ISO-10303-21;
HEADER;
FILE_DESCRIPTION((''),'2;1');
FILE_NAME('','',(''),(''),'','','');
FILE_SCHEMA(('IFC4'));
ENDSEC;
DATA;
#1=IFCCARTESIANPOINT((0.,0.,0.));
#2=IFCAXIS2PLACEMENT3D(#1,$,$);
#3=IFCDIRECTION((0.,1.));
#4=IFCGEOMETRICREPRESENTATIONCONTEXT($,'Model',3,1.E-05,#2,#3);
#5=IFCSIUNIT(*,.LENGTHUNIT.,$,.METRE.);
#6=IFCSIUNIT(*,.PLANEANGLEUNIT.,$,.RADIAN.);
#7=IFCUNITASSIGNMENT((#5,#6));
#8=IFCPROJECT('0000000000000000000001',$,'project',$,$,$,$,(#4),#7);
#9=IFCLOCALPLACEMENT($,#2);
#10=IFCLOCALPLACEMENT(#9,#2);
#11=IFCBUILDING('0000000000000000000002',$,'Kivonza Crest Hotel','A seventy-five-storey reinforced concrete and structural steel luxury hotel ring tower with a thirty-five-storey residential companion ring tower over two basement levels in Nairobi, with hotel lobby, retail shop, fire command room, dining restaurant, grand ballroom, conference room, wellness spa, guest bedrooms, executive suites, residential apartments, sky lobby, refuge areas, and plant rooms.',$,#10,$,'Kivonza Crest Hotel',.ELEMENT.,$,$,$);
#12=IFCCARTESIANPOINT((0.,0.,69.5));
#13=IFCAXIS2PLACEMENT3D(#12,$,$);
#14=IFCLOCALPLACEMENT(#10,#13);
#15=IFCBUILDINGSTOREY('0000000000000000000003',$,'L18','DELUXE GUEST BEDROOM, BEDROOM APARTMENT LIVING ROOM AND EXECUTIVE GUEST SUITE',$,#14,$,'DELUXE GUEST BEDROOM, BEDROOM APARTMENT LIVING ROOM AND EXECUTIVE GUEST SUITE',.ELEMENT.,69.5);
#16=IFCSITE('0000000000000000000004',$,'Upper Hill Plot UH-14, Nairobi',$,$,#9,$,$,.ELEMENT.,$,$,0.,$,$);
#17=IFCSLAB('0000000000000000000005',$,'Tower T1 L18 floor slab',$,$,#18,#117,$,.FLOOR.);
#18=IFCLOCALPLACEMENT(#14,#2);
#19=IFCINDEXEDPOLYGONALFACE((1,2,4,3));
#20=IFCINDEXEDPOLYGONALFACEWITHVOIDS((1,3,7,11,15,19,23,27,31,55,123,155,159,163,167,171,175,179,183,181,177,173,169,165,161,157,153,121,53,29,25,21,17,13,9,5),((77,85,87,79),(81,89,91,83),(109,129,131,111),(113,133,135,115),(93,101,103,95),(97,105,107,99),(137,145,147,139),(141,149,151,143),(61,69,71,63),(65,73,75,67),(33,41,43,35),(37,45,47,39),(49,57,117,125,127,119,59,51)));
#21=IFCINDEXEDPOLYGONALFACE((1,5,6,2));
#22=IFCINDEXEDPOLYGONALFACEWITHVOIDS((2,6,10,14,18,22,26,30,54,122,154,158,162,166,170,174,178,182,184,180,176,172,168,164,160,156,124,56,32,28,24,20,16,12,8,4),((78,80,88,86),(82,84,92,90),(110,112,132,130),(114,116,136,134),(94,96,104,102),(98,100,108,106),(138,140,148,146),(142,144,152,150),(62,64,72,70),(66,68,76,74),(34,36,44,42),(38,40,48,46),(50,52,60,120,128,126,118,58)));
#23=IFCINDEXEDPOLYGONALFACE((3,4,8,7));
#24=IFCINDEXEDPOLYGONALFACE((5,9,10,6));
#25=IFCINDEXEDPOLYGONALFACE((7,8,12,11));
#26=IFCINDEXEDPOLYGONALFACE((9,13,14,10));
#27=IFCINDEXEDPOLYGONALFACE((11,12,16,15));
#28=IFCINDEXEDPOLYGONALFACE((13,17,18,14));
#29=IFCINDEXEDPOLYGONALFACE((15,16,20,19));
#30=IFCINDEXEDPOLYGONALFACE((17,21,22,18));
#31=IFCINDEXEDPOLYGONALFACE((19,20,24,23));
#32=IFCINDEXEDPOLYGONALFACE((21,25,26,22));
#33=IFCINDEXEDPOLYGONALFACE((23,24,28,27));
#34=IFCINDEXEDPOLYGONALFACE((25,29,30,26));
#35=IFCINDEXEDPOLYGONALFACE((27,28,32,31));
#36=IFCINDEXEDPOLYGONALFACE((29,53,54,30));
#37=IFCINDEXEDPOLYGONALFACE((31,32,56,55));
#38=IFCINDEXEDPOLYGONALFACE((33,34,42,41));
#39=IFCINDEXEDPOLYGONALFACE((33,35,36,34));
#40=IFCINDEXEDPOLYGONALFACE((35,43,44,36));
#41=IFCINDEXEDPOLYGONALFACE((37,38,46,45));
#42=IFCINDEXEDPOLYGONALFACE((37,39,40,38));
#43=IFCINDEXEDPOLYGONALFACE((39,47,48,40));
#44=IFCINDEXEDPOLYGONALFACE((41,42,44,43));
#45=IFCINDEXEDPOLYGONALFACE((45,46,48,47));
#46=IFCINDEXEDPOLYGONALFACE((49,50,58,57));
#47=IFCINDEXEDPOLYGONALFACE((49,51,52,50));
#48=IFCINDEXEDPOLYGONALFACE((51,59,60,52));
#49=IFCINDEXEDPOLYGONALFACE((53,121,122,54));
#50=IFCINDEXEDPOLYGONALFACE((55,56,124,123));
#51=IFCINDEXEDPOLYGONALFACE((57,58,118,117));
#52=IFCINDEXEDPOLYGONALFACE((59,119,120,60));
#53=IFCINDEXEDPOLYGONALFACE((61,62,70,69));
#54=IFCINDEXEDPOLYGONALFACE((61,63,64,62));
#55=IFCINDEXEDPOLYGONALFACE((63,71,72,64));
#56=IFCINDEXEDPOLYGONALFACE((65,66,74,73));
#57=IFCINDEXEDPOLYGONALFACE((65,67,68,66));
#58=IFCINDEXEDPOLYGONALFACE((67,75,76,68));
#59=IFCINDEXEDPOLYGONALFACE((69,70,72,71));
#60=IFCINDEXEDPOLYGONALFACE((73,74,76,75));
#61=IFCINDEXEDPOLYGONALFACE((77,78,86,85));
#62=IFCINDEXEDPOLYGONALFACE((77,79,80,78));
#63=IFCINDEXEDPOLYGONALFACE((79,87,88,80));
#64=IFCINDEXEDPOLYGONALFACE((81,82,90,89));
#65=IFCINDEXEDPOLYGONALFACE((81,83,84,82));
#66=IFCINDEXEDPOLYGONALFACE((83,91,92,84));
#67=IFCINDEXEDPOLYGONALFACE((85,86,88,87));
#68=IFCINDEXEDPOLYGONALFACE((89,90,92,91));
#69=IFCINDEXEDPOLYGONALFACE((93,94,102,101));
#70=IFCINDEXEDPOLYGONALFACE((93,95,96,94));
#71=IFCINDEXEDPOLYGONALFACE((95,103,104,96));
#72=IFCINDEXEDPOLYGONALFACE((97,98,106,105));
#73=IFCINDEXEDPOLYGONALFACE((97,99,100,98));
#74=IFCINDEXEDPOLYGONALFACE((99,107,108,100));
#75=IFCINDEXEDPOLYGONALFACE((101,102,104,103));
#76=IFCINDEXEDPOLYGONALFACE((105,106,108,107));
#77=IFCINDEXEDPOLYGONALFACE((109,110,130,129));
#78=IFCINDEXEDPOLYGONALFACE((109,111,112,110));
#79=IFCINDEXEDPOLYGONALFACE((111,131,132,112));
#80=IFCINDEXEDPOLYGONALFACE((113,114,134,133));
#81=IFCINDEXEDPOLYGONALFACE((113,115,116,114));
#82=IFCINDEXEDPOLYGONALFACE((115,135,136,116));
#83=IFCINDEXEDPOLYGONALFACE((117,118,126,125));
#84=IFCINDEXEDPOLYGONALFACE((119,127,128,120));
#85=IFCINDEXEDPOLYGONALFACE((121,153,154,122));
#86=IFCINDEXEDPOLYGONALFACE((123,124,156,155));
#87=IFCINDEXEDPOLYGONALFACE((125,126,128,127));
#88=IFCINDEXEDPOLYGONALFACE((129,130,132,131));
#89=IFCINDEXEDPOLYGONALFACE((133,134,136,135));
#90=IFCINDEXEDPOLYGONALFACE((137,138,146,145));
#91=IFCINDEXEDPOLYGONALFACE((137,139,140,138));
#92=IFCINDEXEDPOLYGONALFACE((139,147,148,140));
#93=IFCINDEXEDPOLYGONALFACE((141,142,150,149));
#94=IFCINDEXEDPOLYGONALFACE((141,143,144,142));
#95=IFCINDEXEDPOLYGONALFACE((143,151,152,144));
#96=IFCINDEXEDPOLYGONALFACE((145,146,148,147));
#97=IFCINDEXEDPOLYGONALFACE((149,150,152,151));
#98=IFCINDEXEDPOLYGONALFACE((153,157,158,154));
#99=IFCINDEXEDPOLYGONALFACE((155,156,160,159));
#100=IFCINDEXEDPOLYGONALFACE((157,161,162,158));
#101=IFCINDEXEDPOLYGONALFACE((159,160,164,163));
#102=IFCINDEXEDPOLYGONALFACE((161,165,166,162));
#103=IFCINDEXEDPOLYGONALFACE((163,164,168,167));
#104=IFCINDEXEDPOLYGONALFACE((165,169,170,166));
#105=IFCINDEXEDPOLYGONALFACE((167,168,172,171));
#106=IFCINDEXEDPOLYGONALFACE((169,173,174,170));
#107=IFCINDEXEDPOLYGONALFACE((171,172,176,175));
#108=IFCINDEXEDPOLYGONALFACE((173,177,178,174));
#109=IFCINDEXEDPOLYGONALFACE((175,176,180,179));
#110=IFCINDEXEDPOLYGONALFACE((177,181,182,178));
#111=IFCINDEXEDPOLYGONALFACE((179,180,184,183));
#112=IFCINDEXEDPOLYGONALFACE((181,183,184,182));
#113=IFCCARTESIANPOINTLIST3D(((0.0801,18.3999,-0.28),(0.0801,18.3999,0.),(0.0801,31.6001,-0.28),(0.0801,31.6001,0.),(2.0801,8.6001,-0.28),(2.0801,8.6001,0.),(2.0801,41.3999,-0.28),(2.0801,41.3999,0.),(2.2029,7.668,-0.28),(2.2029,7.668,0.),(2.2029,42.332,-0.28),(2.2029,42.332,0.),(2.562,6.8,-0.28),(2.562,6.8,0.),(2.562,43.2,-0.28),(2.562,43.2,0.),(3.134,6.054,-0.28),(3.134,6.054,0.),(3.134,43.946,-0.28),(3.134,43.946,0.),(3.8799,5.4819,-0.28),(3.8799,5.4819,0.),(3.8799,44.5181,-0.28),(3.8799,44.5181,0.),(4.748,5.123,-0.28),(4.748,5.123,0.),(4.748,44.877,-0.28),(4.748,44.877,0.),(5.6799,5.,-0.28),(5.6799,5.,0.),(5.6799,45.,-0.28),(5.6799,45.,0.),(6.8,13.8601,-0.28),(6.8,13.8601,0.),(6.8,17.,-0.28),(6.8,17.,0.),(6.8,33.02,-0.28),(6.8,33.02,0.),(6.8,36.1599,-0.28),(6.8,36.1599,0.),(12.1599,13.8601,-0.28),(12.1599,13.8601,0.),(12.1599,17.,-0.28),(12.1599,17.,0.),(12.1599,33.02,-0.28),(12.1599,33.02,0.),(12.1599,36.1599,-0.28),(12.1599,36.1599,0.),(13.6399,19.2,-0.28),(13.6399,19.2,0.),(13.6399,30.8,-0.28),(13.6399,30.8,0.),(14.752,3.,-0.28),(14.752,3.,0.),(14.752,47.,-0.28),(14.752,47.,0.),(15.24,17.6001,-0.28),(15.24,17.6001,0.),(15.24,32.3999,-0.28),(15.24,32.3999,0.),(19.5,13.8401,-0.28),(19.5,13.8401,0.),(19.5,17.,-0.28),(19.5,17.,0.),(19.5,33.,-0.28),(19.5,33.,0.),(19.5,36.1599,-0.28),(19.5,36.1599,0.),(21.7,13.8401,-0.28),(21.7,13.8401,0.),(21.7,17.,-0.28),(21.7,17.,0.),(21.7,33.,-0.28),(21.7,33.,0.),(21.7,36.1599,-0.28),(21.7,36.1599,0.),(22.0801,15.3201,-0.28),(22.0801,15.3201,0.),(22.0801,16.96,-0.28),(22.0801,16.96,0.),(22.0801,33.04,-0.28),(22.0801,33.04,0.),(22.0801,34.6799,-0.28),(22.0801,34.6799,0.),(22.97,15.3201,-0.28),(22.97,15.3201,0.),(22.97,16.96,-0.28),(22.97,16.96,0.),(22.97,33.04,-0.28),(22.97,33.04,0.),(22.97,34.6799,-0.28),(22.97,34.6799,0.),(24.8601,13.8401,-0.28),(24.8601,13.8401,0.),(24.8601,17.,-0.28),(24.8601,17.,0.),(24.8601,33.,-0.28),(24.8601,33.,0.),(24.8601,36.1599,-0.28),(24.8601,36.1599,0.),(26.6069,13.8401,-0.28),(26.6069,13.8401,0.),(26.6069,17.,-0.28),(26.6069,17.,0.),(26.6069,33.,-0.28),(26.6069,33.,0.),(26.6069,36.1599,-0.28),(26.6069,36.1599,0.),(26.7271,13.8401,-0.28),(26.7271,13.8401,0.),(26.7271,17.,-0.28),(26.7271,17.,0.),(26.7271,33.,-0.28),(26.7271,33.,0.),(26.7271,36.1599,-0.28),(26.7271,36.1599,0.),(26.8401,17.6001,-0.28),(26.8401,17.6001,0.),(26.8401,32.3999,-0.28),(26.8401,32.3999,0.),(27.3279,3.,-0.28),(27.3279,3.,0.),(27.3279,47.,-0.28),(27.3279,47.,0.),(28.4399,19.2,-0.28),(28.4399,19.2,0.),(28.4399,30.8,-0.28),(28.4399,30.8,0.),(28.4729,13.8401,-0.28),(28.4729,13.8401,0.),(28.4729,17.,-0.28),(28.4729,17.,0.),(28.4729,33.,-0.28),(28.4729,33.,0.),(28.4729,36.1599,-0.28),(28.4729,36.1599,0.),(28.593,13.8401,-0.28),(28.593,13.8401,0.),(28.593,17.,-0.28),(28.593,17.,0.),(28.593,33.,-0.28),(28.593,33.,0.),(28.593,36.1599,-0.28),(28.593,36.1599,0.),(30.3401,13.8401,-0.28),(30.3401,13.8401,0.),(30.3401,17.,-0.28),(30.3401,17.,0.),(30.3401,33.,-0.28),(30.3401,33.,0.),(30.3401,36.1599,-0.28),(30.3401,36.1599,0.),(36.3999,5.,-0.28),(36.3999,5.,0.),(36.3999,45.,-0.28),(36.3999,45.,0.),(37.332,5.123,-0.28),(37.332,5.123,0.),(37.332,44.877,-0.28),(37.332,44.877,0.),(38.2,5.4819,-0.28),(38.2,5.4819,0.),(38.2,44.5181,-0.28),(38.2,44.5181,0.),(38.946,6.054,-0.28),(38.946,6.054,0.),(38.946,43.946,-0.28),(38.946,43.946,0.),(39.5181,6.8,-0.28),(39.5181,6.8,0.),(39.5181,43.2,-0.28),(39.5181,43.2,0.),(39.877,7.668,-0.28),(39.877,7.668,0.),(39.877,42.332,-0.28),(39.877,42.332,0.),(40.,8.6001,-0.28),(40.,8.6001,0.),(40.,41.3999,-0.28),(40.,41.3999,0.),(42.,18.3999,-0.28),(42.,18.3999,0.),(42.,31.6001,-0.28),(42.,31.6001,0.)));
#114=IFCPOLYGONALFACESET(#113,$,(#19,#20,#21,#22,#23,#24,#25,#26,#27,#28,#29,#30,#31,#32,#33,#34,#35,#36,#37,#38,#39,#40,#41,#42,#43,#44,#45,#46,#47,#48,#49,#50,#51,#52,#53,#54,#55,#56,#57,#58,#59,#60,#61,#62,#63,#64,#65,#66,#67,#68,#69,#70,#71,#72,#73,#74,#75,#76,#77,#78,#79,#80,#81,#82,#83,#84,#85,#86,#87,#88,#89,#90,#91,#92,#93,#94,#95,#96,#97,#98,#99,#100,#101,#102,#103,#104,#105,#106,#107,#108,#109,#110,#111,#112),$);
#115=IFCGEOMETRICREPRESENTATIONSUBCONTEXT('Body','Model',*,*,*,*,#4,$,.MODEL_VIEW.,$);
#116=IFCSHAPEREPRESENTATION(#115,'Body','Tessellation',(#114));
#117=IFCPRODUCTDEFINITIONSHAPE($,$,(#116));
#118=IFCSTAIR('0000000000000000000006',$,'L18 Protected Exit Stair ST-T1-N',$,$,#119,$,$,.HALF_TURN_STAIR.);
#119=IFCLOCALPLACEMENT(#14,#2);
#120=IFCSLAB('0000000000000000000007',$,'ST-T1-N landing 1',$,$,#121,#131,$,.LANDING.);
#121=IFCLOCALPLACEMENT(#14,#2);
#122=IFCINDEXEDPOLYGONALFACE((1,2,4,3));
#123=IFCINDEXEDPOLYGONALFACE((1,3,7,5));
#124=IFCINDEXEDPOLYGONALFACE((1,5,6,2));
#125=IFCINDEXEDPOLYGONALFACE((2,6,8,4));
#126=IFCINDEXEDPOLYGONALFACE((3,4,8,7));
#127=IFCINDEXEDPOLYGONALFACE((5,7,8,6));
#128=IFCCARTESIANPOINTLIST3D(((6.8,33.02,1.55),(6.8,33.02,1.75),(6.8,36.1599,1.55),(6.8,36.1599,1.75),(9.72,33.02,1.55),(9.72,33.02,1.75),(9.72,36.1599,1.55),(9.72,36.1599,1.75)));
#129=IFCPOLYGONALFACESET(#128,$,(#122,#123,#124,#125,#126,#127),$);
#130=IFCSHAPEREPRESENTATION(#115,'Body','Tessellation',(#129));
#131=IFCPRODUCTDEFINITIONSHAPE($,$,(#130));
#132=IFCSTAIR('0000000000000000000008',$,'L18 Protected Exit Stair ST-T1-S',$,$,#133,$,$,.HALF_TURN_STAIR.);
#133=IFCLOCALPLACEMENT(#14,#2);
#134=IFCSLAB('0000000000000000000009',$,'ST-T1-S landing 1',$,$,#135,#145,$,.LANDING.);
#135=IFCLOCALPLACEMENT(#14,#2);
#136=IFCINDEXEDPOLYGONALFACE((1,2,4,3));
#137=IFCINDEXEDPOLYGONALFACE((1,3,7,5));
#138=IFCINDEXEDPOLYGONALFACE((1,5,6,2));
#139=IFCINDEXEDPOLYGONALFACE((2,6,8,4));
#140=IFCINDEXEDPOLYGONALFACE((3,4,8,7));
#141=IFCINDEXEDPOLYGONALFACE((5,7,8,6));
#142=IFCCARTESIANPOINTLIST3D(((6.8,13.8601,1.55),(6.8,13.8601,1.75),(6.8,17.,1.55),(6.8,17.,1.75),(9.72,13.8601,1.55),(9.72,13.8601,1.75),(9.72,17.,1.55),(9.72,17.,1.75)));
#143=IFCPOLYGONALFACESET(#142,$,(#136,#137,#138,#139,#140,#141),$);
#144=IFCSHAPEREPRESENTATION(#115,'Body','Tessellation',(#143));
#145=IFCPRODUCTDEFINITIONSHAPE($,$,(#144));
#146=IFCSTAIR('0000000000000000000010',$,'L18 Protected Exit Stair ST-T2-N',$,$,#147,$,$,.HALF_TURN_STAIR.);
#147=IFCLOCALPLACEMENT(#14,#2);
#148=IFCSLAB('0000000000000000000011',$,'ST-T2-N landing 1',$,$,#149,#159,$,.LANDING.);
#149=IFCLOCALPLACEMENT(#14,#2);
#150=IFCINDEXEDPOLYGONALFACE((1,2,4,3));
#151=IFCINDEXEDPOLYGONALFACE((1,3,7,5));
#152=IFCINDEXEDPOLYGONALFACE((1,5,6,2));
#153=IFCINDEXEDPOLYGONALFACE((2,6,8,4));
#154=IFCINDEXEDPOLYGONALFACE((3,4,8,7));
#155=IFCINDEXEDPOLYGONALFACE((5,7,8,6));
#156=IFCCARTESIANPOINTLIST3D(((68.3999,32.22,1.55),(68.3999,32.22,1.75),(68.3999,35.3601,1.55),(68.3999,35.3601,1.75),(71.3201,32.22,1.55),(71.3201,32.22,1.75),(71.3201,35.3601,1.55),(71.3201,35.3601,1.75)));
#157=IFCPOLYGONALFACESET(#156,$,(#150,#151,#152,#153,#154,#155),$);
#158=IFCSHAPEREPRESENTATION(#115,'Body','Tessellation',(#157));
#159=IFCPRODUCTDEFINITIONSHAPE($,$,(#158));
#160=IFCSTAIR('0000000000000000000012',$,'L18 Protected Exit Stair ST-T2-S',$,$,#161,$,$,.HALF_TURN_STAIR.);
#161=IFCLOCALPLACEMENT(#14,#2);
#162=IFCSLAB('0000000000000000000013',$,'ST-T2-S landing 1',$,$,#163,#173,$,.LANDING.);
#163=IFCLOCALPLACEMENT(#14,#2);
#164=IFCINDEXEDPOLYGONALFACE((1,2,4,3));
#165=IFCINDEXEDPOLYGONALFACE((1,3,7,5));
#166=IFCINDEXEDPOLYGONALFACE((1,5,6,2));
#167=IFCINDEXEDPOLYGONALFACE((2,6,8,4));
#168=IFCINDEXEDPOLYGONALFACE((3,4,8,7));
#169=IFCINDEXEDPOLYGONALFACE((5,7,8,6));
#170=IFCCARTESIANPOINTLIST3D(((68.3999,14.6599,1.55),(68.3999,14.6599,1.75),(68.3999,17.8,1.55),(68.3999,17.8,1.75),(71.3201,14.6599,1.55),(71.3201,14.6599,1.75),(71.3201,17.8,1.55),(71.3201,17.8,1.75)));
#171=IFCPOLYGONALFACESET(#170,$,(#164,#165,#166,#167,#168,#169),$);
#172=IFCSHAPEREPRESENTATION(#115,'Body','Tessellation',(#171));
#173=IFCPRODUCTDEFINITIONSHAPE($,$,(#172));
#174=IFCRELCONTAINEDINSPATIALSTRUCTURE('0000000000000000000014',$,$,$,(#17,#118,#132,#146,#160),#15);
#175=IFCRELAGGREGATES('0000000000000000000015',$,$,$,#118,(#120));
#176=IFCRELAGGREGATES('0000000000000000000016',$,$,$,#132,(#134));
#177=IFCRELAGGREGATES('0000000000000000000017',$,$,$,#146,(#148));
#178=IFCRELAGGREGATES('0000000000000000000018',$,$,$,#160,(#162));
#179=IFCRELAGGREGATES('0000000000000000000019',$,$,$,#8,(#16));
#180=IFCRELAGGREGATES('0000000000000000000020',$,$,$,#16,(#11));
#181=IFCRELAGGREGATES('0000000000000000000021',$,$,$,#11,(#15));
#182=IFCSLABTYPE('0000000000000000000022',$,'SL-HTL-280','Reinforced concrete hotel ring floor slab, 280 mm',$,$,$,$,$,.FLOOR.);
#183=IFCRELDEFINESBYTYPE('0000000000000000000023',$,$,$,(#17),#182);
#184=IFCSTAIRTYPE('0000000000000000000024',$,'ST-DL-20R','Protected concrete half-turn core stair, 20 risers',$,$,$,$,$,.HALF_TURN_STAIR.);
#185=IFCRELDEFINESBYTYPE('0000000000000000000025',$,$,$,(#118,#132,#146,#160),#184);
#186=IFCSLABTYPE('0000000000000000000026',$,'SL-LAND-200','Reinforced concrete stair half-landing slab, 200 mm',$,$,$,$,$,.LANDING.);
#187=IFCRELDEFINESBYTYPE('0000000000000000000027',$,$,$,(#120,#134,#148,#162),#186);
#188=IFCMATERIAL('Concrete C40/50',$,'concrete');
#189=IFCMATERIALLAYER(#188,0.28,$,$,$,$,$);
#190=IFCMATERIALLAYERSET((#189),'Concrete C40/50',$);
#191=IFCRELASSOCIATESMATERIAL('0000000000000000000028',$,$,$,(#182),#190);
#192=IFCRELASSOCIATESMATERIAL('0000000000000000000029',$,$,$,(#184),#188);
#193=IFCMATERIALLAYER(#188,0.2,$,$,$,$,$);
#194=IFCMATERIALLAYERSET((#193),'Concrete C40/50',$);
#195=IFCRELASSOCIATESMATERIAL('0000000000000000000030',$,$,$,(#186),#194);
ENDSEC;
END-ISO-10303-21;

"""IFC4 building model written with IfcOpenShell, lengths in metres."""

from ifc_helpers import new_model, si_unit, direction, frame, origin, place, context, subcontext, project, spatial, polyline, outline, extrude, material, layer, layer_set, type_object, element, aggregate, save


model = new_model("IFC4")

# Units and contexts
model_context = context("Model", 3, precision=1e-05, world=origin(), true_north=direction((0.0, 1.0)))
body_context = subcontext(model_context, "Body", "Model", "MODEL_VIEW")
ifc_project = project(units=[si_unit("LENGTHUNIT", "METRE"), si_unit("PLANEANGLEUNIT", "RADIAN")], contexts=[model_context])

# Site, building, storey
site_placement = place(None, origin())
site = spatial("IfcSite", under=ifc_project, at=site_placement, Name="Upper Hill Plot UH-14, Nairobi", CompositionType="ELEMENT", RefElevation=0.0)
building_placement = place(site_placement, origin())
building = spatial("IfcBuilding", under=site, at=building_placement, Name="Kivonza Crest Hotel", Description="A seventy-five-storey reinforced concrete and structural steel luxury hotel ring tower with a thirty-five-storey residential companion ring tower over two basement levels in Nairobi, with hotel lobby, retail shop, fire command room, dining restaurant, grand ballroom, conference room, wellness spa, guest bedrooms, executive suites, residential apartments, sky lobby, refuge areas, and plant rooms.", LongName="Kivonza Crest Hotel", CompositionType="ELEMENT")
storey_placement = place(building_placement, frame((0.0, 0.0, 69.5)))
storey = spatial("IfcBuildingStorey", under=building, at=storey_placement, Name="L18", Description="DELUXE GUEST BEDROOM, BEDROOM APARTMENT LIVING ROOM AND EXECUTIVE GUEST SUITE", LongName="DELUXE GUEST BEDROOM, BEDROOM APARTMENT LIVING ROOM AND EXECUTIVE GUEST SUITE", CompositionType="ELEMENT", Elevation=69.5)

# Slab
ifc_material_1 = material(Name="Concrete C40/50", Category="concrete")
ifc_layer_1 = layer(ifc_material_1, 0.28)
ifc_layer_set_1 = layer_set([ifc_layer_1], Name="Concrete C40/50")
slab_type_1 = type_object("IfcSlabType", Name="SL-HTL-280", Description="Reinforced concrete hotel ring floor slab, 280 mm", PredefinedType="FLOOR", material=ifc_layer_set_1)
slab_1_placement = place(storey_placement, frame((0.0, 0.0, -0.28)))
element("IfcSlab", 1, at=slab_1_placement, inside=storey, type_object=slab_type_1, Name="Tower T1 L18 floor slab", PredefinedType="FLOOR", context=body_context, shape_type="SweptSolid", body=[
    extrude(outline(polyline([(2.0801, 8.6001), (2.2029, 7.668), (2.562, 6.8), (3.134, 6.054), (3.8799, 5.4819), (4.748, 5.123), (5.6799, 5.0), (14.752, 3.0), (27.3279, 3.0), (36.3999, 5.0), (37.332, 5.123), (38.2, 5.4819), (38.946, 6.054), (39.5181, 6.8), (39.877, 7.668), (40.0, 8.6001), (42.0, 18.3999), (42.0, 31.6001), (40.0, 41.3999), (39.877, 42.332), (39.5181, 43.2), (38.946, 43.946), (38.2, 44.5181), (37.332, 44.877), (36.3999, 45.0), (27.3279, 47.0), (14.752, 47.0), (5.6799, 45.0), (4.748, 44.877), (3.8799, 44.5181), (3.134, 43.946), (2.562, 43.2), (2.2029, 42.332), (2.0801, 41.3999), (0.0801, 31.6001), (0.0801, 18.3999), (2.0801, 8.6001)]), holes=[polyline([(15.24, 17.6001), (26.8401, 17.6001), (28.4399, 19.2), (28.4399, 30.8), (26.8401, 32.3999), (15.24, 32.3999), (13.6399, 30.8), (13.6399, 19.2), (15.24, 17.6001)]), polyline([(6.8, 33.02), (12.1599, 33.02), (12.1599, 36.1599), (6.8, 36.1599), (6.8, 33.02)]), polyline([(6.8, 13.8601), (12.1599, 13.8601), (12.1599, 17.0), (6.8, 17.0), (6.8, 13.8601)]), polyline([(22.0801, 33.04), (22.97, 33.04), (22.97, 34.6799), (22.0801, 34.6799), (22.0801, 33.04)]), polyline([(22.0801, 15.3201), (22.97, 15.3201), (22.97, 16.96), (22.0801, 16.96), (22.0801, 15.3201)]), polyline([(19.5, 33.0), (21.7, 33.0), (21.7, 36.1599), (19.5, 36.1599), (19.5, 33.0)]), polyline([(24.8601, 33.0), (26.6069, 33.0), (26.6069, 36.1599), (24.8601, 36.1599), (24.8601, 33.0)]), polyline([(26.7271, 33.0), (28.4729, 33.0), (28.4729, 36.1599), (26.7271, 36.1599), (26.7271, 33.0)]), polyline([(28.593, 33.0), (30.3401, 33.0), (30.3401, 36.1599), (28.593, 36.1599), (28.593, 33.0)]), polyline([(19.5, 13.8401), (21.7, 13.8401), (21.7, 17.0), (19.5, 17.0), (19.5, 13.8401)]), polyline([(24.8601, 13.8401), (26.6069, 13.8401), (26.6069, 17.0), (24.8601, 17.0), (24.8601, 13.8401)]), polyline([(26.7271, 13.8401), (28.4729, 13.8401), (28.4729, 17.0), (26.7271, 17.0), (26.7271, 13.8401)]), polyline([(28.593, 13.8401), (30.3401, 13.8401), (30.3401, 17.0), (28.593, 17.0), (28.593, 13.8401)])]), origin(), (0.0, 0.0, 1.0), 0.28),
])

# Stairs, slabs
stair_type = type_object("IfcStairType", Name="ST-DL-20R", Description="Protected concrete half-turn core stair, 20 risers", PredefinedType="HALF_TURN_STAIR", material=ifc_material_1)
stair_1_placement = place(storey_placement, origin())
stair_1 = element("IfcStair", 2, at=stair_1_placement, inside=storey, type_object=stair_type, Name="L18 Protected Exit Stair ST-T1-N", PredefinedType="HALF_TURN_STAIR")
ifc_layer_2 = layer(ifc_material_1, 0.2)
ifc_layer_set_2 = layer_set([ifc_layer_2], Name="Concrete C40/50")
slab_type_2 = type_object("IfcSlabType", Name="SL-LAND-200", Description="Reinforced concrete stair half-landing slab, 200 mm", PredefinedType="LANDING", material=ifc_layer_set_2)
slab_2_placement = place(storey_placement, frame((0.0, 0.0, 1.55)))
slab_2 = element("IfcSlab", 3, at=slab_2_placement, type_object=slab_type_2, Name="ST-T1-N landing 1", PredefinedType="LANDING", context=body_context, shape_type="SweptSolid", body=[
    extrude(outline(polyline([(9.72, 36.1599), (6.8, 36.1599), (6.8, 33.02), (9.72, 33.02), (9.72, 36.1599)])), origin(), (0.0, 0.0, 1.0), 0.2),
])
aggregate(stair_1, [slab_2])
stair_2_placement = place(storey_placement, origin())
stair_2 = element("IfcStair", 4, at=stair_2_placement, inside=storey, type_object=stair_type, Name="L18 Protected Exit Stair ST-T1-S", PredefinedType="HALF_TURN_STAIR")
slab_3_placement = place(storey_placement, frame((0.0, 0.0, 1.55)))
slab_3 = element("IfcSlab", 5, at=slab_3_placement, type_object=slab_type_2, Name="ST-T1-S landing 1", PredefinedType="LANDING", context=body_context, shape_type="SweptSolid", body=[
    extrude(outline(polyline([(9.72, 17.0), (6.8, 17.0), (6.8, 13.8601), (9.72, 13.8601), (9.72, 17.0)])), origin(), (0.0, 0.0, 1.0), 0.2),
])
aggregate(stair_2, [slab_3])
stair_3_placement = place(storey_placement, origin())
stair_3 = element("IfcStair", 6, at=stair_3_placement, inside=storey, type_object=stair_type, Name="L18 Protected Exit Stair ST-T2-N", PredefinedType="HALF_TURN_STAIR")
slab_4_placement = place(storey_placement, frame((0.0, 0.0, 1.55)))
slab_4 = element("IfcSlab", 7, at=slab_4_placement, type_object=slab_type_2, Name="ST-T2-N landing 1", PredefinedType="LANDING", context=body_context, shape_type="SweptSolid", body=[
    extrude(outline(polyline([(71.3201, 35.3601), (68.3999, 35.3601), (68.3999, 32.22), (71.3201, 32.22), (71.3201, 35.3601)])), origin(), (0.0, 0.0, 1.0), 0.2),
])
aggregate(stair_3, [slab_4])
stair_4_placement = place(storey_placement, origin())
stair_4 = element("IfcStair", 8, at=stair_4_placement, inside=storey, type_object=stair_type, Name="L18 Protected Exit Stair ST-T2-S", PredefinedType="HALF_TURN_STAIR")
slab_5_placement = place(storey_placement, frame((0.0, 0.0, 1.55)))
slab_5 = element("IfcSlab", 9, at=slab_5_placement, type_object=slab_type_2, Name="ST-T2-S landing 1", PredefinedType="LANDING", context=body_context, shape_type="SweptSolid", body=[
    extrude(outline(polyline([(71.3201, 17.8), (68.3999, 17.8), (68.3999, 14.6599), (71.3201, 14.6599), (71.3201, 17.8)])), origin(), (0.0, 0.0, 1.0), 0.2),
])
aggregate(stair_4, [slab_5])

save(model, "model.ifc")
